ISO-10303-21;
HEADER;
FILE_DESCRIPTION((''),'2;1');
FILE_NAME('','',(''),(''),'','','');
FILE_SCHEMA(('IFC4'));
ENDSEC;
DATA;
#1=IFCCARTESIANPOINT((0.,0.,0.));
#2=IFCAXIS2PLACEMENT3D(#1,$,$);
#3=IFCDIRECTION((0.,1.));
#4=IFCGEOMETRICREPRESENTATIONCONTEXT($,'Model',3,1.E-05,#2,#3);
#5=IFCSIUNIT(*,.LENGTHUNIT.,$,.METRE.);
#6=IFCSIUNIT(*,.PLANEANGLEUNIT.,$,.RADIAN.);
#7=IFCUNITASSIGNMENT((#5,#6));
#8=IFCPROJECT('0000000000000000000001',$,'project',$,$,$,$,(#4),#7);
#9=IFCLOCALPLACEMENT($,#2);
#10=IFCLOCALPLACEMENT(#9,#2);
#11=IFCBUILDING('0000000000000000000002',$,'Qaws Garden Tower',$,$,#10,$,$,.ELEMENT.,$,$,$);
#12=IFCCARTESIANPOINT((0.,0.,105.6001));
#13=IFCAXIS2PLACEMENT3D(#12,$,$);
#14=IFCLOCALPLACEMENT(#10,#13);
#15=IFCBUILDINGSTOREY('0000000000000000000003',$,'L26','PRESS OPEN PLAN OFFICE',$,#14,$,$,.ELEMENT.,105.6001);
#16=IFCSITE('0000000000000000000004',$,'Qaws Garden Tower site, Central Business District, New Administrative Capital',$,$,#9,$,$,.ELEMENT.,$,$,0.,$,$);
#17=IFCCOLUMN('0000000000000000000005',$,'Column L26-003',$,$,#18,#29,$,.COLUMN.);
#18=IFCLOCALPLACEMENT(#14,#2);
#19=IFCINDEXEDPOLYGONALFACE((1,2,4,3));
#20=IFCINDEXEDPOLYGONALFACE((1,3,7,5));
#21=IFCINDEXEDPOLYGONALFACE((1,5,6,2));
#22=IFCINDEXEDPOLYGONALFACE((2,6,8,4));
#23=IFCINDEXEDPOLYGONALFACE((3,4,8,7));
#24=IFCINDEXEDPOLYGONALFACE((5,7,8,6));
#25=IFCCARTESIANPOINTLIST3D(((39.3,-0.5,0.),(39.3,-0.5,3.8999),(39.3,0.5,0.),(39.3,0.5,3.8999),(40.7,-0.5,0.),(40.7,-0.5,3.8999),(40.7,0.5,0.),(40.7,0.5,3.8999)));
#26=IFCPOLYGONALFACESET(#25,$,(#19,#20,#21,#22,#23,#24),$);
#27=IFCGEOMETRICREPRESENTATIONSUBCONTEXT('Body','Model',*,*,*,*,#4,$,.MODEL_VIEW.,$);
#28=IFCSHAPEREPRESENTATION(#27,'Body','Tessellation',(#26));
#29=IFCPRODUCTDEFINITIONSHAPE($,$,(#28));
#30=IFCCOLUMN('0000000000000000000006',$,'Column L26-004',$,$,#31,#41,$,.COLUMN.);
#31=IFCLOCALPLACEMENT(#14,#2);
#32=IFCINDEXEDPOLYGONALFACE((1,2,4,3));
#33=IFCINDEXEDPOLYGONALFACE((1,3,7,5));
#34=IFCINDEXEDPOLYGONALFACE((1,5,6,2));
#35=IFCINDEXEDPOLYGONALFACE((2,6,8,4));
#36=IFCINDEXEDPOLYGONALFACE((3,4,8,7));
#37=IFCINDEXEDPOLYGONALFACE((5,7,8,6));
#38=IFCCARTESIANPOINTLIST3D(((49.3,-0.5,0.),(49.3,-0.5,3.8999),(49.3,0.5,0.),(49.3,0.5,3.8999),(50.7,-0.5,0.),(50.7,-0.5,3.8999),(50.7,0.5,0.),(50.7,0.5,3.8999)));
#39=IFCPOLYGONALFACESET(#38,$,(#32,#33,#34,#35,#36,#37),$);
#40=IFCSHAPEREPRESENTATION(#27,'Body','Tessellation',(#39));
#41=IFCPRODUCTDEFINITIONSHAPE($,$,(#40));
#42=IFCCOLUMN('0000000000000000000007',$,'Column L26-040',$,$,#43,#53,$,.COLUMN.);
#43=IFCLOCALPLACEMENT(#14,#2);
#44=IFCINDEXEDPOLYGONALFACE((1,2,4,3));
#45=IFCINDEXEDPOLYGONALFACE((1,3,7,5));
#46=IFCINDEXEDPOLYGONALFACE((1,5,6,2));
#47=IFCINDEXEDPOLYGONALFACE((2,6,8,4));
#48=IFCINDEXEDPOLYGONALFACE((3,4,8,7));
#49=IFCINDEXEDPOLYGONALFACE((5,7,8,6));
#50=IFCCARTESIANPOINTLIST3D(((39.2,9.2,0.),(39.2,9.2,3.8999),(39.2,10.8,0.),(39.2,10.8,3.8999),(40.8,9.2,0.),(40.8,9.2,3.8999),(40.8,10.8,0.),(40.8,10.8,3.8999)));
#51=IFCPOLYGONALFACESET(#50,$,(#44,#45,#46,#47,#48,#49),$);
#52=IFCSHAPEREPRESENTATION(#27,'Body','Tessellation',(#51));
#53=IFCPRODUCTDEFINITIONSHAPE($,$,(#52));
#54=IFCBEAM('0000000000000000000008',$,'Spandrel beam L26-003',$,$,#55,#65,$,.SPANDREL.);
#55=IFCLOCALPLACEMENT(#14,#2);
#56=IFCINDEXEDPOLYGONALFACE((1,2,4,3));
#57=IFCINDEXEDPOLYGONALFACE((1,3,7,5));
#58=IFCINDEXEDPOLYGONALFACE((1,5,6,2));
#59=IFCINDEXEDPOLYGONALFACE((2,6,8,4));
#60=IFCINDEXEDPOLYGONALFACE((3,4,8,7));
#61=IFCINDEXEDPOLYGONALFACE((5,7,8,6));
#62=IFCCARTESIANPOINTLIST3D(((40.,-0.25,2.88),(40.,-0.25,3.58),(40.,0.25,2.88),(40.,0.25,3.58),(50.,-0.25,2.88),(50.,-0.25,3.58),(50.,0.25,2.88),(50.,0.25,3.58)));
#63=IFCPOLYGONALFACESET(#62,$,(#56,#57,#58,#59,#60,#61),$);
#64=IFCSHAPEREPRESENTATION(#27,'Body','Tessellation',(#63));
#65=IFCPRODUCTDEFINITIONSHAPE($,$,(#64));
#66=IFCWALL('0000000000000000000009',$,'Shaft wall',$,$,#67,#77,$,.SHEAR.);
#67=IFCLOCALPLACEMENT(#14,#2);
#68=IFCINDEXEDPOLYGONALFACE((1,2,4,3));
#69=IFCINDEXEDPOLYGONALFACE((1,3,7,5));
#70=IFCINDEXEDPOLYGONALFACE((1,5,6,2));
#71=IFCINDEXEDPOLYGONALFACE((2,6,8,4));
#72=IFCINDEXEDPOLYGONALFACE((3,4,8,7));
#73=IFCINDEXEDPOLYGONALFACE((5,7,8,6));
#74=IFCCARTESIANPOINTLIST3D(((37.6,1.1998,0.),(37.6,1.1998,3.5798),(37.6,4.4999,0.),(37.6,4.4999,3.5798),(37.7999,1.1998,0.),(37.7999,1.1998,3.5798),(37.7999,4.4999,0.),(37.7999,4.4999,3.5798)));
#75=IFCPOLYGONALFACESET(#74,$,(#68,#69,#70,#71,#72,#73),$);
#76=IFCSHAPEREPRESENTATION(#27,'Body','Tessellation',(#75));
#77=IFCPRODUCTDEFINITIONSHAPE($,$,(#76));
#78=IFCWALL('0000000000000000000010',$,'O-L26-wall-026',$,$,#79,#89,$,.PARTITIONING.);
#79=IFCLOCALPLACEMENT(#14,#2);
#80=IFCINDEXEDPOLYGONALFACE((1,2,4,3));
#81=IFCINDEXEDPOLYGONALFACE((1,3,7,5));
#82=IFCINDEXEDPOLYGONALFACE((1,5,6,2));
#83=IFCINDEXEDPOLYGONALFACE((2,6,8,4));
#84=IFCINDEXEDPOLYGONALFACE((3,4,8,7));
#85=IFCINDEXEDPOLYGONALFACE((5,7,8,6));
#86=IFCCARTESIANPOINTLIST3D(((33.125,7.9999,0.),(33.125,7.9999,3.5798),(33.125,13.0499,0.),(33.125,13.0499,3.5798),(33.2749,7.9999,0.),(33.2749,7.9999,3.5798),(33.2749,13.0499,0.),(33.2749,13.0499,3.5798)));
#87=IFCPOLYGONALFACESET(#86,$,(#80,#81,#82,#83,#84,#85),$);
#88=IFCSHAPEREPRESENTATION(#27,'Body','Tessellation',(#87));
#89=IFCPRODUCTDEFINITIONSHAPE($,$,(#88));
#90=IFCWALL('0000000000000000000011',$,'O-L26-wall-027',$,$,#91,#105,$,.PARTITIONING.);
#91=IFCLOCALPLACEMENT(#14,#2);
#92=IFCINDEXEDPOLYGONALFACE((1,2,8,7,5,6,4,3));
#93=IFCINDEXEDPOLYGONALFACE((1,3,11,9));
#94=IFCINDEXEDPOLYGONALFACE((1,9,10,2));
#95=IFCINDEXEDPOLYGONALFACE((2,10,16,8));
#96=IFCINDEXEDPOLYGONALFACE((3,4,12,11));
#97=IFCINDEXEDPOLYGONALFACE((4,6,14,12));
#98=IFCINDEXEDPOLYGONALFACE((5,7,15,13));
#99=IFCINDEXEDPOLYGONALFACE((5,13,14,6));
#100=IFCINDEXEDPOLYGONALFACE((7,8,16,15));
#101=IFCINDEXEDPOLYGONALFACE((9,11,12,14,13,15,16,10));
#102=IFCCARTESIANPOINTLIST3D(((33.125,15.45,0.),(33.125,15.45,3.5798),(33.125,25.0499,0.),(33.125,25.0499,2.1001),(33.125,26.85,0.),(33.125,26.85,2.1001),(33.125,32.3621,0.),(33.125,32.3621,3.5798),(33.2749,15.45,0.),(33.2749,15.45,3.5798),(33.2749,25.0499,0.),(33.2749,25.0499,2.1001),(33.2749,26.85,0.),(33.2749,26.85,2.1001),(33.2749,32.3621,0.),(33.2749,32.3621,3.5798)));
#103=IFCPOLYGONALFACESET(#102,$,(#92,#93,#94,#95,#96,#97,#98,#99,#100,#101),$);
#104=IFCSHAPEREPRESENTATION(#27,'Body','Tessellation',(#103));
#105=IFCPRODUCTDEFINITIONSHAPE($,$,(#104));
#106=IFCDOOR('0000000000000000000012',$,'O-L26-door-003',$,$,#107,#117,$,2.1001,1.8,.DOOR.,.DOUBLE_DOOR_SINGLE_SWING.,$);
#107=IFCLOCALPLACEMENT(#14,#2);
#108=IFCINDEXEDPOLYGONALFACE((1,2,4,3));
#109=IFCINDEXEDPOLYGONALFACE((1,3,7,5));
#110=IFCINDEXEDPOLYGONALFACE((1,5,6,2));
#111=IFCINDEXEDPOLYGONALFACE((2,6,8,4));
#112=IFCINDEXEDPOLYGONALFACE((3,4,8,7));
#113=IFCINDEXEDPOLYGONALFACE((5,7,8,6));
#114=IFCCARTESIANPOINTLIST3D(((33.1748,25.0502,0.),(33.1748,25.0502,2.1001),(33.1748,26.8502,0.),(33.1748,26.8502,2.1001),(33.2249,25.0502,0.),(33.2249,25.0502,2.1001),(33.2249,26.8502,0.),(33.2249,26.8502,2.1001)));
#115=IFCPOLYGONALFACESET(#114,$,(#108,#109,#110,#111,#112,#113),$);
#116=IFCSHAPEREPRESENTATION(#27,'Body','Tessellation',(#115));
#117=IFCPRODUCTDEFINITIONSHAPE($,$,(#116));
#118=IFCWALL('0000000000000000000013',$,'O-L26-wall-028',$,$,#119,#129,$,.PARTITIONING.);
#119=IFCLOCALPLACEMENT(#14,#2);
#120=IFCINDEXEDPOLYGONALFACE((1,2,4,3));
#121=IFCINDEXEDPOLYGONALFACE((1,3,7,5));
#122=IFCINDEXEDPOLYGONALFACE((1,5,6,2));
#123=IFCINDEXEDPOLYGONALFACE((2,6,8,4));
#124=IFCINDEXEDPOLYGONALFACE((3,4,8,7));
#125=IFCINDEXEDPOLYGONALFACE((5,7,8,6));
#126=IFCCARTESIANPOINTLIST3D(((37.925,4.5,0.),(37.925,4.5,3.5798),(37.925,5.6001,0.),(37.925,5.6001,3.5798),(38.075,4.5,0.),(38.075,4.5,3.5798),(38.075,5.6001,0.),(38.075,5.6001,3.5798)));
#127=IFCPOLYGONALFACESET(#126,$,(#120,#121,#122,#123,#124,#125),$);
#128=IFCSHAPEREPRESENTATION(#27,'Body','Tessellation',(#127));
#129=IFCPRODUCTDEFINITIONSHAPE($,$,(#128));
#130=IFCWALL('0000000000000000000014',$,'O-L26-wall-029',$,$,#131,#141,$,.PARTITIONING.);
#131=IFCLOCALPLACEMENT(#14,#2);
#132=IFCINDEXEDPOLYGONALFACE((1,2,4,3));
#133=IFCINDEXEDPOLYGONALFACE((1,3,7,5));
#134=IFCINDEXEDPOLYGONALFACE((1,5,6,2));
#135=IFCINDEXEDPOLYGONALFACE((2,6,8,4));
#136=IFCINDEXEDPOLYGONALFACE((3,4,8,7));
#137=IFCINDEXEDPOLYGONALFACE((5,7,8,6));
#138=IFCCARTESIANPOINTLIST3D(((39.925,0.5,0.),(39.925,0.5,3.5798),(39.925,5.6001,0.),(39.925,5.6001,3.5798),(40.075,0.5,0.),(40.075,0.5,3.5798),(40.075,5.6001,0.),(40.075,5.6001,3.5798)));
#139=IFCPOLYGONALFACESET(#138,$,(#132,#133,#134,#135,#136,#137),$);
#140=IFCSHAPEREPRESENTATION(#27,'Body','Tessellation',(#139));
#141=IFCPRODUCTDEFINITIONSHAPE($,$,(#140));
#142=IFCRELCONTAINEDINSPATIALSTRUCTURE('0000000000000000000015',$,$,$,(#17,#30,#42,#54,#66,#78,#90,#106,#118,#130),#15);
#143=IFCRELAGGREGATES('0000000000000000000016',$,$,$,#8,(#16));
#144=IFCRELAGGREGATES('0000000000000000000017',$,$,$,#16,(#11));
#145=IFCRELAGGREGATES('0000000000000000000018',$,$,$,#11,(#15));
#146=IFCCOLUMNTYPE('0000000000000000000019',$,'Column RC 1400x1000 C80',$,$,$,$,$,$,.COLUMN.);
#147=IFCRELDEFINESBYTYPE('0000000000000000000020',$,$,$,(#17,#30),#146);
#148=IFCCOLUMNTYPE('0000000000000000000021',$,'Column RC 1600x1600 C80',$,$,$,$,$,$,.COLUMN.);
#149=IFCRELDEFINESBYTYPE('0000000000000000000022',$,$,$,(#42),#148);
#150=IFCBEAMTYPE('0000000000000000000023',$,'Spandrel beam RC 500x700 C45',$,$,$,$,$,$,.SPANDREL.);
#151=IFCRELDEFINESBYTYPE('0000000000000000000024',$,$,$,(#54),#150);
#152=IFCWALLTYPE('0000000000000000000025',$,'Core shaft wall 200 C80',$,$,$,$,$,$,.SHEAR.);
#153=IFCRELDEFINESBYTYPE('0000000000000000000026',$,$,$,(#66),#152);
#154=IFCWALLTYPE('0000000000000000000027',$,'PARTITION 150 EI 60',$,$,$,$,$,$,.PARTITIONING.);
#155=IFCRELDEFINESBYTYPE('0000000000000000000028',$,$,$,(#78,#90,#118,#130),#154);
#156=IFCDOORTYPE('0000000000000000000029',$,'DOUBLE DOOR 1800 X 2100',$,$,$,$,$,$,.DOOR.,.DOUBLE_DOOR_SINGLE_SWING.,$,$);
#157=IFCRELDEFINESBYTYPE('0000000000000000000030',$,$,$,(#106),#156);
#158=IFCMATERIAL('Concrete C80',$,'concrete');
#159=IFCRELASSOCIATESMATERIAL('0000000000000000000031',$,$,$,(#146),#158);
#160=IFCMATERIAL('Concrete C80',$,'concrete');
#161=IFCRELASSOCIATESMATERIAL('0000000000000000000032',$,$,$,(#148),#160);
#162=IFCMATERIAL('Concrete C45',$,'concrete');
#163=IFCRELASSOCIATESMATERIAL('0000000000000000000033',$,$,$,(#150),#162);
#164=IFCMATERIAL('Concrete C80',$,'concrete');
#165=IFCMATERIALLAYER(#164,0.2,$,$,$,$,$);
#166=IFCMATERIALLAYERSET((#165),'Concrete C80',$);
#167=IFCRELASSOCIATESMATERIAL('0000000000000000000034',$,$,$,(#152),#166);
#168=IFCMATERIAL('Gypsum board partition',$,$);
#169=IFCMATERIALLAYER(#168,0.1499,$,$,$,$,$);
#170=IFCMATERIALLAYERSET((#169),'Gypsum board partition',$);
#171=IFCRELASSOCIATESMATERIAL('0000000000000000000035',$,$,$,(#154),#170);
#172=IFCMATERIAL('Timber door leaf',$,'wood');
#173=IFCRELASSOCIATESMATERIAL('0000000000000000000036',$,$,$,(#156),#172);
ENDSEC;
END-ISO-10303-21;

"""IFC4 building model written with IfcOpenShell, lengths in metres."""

from ifc_helpers import new_model, si_unit, direction, frame, frame_2d, origin, origin_2d, place, context, subcontext, project, spatial, rectangle, extrude, material, layer, layer_set, material_profile, profile_set, type_object, element, fill, save


model = new_model("IFC4")

# Units and contexts
model_context = context("Model", 3, precision=1e-05, world=origin(), true_north=direction((0.0, 1.0)))
body_context = subcontext(model_context, "Body", "Model", "MODEL_VIEW")
ifc_project = project(units=[si_unit("LENGTHUNIT", "METRE"), si_unit("PLANEANGLEUNIT", "RADIAN")], contexts=[model_context])

# Site, building, storey
site_placement = place(None, origin())
site = spatial("IfcSite", under=ifc_project, at=site_placement, Name="Qaws Garden Tower site, Central Business District, New Administrative Capital", CompositionType="ELEMENT", RefElevation=0.0)
building_placement = place(site_placement, origin())
building = spatial("IfcBuilding", under=site, at=building_placement, Name="Qaws Garden Tower", CompositionType="ELEMENT")
storey_placement = place(building_placement, frame((0.0, 0.0, 105.6001)))
storey = spatial("IfcBuildingStorey", under=building, at=storey_placement, Name="L26", Description="PRESS OPEN PLAN OFFICE", CompositionType="ELEMENT", Elevation=105.6001)

# Columns
ifc_material_1 = material(Name="Concrete C80", Category="concrete")
ifc_material_profile_1 = material_profile(ifc_material_1, rectangle(XDim=1.3999, YDim=1.0, at=origin_2d()), Name="RC 1400x1000")
ifc_profile_set_1 = profile_set([ifc_material_profile_1], Name="Concrete C80")
column_type_1 = type_object("IfcColumnType", Name="Column RC 1400x1000 C80", PredefinedType="COLUMN", material=ifc_profile_set_1)
for number, where, z_axis, x_axis, name in (
    (1, (40.0, 0.0, 0.0), (0.0, 0.0, 1.0), (1.0, 0.0, 0.0), "Column L26-003"),
    (2, (50.0, 0.0, 0.0), (0.0, 0.0, 1.0), (1.0, 0.0, 0.0), "Column L26-004"),
):
    element("IfcColumn", number, at=place(storey_placement, frame(where, z_axis=z_axis, x_axis=x_axis)), inside=storey, type_object=column_type_1, Name=name, PredefinedType="COLUMN", context=body_context, shape_type="SweptSolid", body=[
        extrude(rectangle(XDim=1.3999, YDim=1.0, at=origin_2d()), origin(), (0.0, 0.0, 1.0), 3.8999),
    ])
ifc_material_2 = material(Name="Concrete C80", Category="concrete")
ifc_material_profile_2 = material_profile(ifc_material_2, rectangle(XDim=1.6001, YDim=1.6001, at=origin_2d()), Name="RC 1600x1600")
ifc_profile_set_2 = profile_set([ifc_material_profile_2], Name="Concrete C80")
column_type_2 = type_object("IfcColumnType", Name="Column RC 1600x1600 C80", PredefinedType="COLUMN", material=ifc_profile_set_2)
column_placement = place(storey_placement, frame((40.0, 10.0, 0.0), z_axis=(0.0, 0.0, 1.0), x_axis=(1.0, 0.0, 0.0)))
element("IfcColumn", 3, at=column_placement, inside=storey, type_object=column_type_2, Name="Column L26-040", PredefinedType="COLUMN", context=body_context, shape_type="SweptSolid", body=[
    extrude(rectangle(XDim=1.6001, YDim=1.6001, at=origin_2d()), origin(), (0.0, 0.0, 1.0), 3.8999),
])

# Beam
ifc_material_3 = material(Name="Concrete C45", Category="concrete")
ifc_material_profile_3 = material_profile(ifc_material_3, rectangle(XDim=0.5, YDim=0.7, at=origin_2d()), Name="RC 500x700")
ifc_profile_set_3 = profile_set([ifc_material_profile_3], Name="Concrete C45")
beam_type = type_object("IfcBeamType", Name="Spandrel beam RC 500x700 C45", PredefinedType="SPANDREL", material=ifc_profile_set_3)
beam_placement = place(storey_placement, frame((40.0, 0.0, 3.23), z_axis=(1.0, 0.0, 0.0), x_axis=(0.0, 1.0, 0.0)))
element("IfcBeam", 4, at=beam_placement, inside=storey, type_object=beam_type, Name="Spandrel beam L26-003", PredefinedType="SPANDREL", context=body_context, shape_type="SweptSolid", body=[
    extrude(rectangle(XDim=0.5, YDim=0.7, at=origin_2d()), origin(), (0.0, 0.0, 1.0), 10.0),
])

# Walls
ifc_material_4 = material(Name="Concrete C80", Category="concrete")
ifc_layer_1 = layer(ifc_material_4, 0.2)
ifc_layer_set_1 = layer_set([ifc_layer_1], Name="Concrete C80")
wall_type_1 = type_object("IfcWallType", Name="Core shaft wall 200 C80", PredefinedType="SHEAR", material=ifc_layer_set_1)
wall_1_placement = place(storey_placement, frame((37.7, 1.2, 0.0), z_axis=(0.0, 0.0, 1.0), x_axis=(0.0, 1.0, 0.0)))
element("IfcWall", 5, at=wall_1_placement, inside=storey, type_object=wall_type_1, Name="Shaft wall", PredefinedType="SHEAR", context=body_context, shape_type="SweptSolid", body=[
    extrude(rectangle(XDim=3.3, YDim=0.2, at=frame_2d((1.6499, 0.0))), origin(), (0.0, 0.0, 1.0), 3.5798),
])
ifc_material_5 = material(Name="Gypsum board partition")
ifc_layer_2 = layer(ifc_material_5, 0.1499)
ifc_layer_set_2 = layer_set([ifc_layer_2], Name="Gypsum board partition")
wall_type_2 = type_object("IfcWallType", Name="PARTITION 150 EI 60", PredefinedType="PARTITIONING", material=ifc_layer_set_2)
wall_2_placement = place(storey_placement, frame((33.2, 8.0, 0.0), z_axis=(0.0, 0.0, 1.0), x_axis=(0.0, 1.0, 0.0)))
element("IfcWall", 6, at=wall_2_placement, inside=storey, type_object=wall_type_2, Name="O-L26-wall-026", PredefinedType="PARTITIONING", context=body_context, shape_type="SweptSolid", body=[
    extrude(rectangle(XDim=5.05, YDim=0.1499, at=frame_2d((2.5249, 0.0))), origin(), (0.0, 0.0, 1.0), 3.5798),
])

# Wall, opening, door
wall_3_placement = place(storey_placement, frame((33.2, 15.45, 0.0), z_axis=(0.0, 0.0, 1.0), x_axis=(0.0, 1.0, 0.0)))
wall_3 = element("IfcWall", 7, at=wall_3_placement, inside=storey, type_object=wall_type_2, Name="O-L26-wall-027", PredefinedType="PARTITIONING", context=body_context, shape_type="SweptSolid", body=[
    extrude(rectangle(XDim=16.9121, YDim=0.1499, at=frame_2d((8.4561, 0.0))), origin(), (0.0, 0.0, 1.0), 3.5798),
])
opening_1_placement = place(wall_3_placement, frame((9.6001, 0.0, 0.0)))
opening_1 = element("IfcOpeningElement", 8, at=opening_1_placement, cuts=wall_3, PredefinedType="OPENING", context=body_context, shape_type="SweptSolid", body=[
    extrude(rectangle(XDim=1.8, YDim=2.1001, at=frame_2d((0.8999, 1.05))), frame((0.0, 0.085, 0.0), z_axis=(0.0, -1.0, 0.0), x_axis=(1.0, 0.0, 0.0)), (0.0, 0.0, 1.0), 0.1699),
])
ifc_material_6 = material(Name="Timber door leaf", Category="wood")
door_type_1 = type_object("IfcDoorType", Name="DOUBLE DOOR 1800 X 2100", OperationType="DOUBLE_DOOR_SINGLE_SWING", PredefinedType="DOOR", material=ifc_material_6)
door_1_placement = place(opening_1_placement, frame((1.8, 0.0, 0.0), z_axis=(0.0, 0.0, 1.0), x_axis=(-1.0, 0.0, 0.0)))
door_1 = element("IfcDoor", 9, at=door_1_placement, inside=storey, type_object=door_type_1, Name="O-L26-door-003", OperationType="DOUBLE_DOOR_SINGLE_SWING", OverallHeight=2.1001, OverallWidth=1.8, PredefinedType="DOOR", context=body_context, shape_type="SweptSolid", body=[
    extrude(rectangle(XDim=1.8, YDim=2.1001, at=frame_2d((0.8999, 1.05))), frame((0.0, 0.0249, 0.0), z_axis=(0.0, -1.0, 0.0), x_axis=(1.0, 0.0, 0.0)), (0.0, 0.0, 1.0), 0.05),
])
fill(opening_1, door_1)

# Walls
wall_4_placement = place(storey_placement, frame((38.0, 4.5, 0.0), z_axis=(0.0, 0.0, 1.0), x_axis=(0.0, 1.0, 0.0)))
element("IfcWall", 10, at=wall_4_placement, inside=storey, type_object=wall_type_2, Name="O-L26-wall-028", PredefinedType="PARTITIONING", context=body_context, shape_type="SweptSolid", body=[
    extrude(rectangle(XDim=1.1001, YDim=0.1499, at=frame_2d((0.55, 0.0))), origin(), (0.0, 0.0, 1.0), 3.5798),
])
wall_5_placement = place(storey_placement, frame((40.0, 0.5, 0.0), z_axis=(0.0, 0.0, 1.0), x_axis=(0.0, 1.0, 0.0)))
element("IfcWall", 11, at=wall_5_placement, inside=storey, type_object=wall_type_2, Name="O-L26-wall-029", PredefinedType="PARTITIONING", context=body_context, shape_type="SweptSolid", body=[
    extrude(rectangle(XDim=5.1001, YDim=0.1499, at=frame_2d((2.55, 0.0))), origin(), (0.0, 0.0, 1.0), 3.5798),
])

save(model, "model.ifc")
